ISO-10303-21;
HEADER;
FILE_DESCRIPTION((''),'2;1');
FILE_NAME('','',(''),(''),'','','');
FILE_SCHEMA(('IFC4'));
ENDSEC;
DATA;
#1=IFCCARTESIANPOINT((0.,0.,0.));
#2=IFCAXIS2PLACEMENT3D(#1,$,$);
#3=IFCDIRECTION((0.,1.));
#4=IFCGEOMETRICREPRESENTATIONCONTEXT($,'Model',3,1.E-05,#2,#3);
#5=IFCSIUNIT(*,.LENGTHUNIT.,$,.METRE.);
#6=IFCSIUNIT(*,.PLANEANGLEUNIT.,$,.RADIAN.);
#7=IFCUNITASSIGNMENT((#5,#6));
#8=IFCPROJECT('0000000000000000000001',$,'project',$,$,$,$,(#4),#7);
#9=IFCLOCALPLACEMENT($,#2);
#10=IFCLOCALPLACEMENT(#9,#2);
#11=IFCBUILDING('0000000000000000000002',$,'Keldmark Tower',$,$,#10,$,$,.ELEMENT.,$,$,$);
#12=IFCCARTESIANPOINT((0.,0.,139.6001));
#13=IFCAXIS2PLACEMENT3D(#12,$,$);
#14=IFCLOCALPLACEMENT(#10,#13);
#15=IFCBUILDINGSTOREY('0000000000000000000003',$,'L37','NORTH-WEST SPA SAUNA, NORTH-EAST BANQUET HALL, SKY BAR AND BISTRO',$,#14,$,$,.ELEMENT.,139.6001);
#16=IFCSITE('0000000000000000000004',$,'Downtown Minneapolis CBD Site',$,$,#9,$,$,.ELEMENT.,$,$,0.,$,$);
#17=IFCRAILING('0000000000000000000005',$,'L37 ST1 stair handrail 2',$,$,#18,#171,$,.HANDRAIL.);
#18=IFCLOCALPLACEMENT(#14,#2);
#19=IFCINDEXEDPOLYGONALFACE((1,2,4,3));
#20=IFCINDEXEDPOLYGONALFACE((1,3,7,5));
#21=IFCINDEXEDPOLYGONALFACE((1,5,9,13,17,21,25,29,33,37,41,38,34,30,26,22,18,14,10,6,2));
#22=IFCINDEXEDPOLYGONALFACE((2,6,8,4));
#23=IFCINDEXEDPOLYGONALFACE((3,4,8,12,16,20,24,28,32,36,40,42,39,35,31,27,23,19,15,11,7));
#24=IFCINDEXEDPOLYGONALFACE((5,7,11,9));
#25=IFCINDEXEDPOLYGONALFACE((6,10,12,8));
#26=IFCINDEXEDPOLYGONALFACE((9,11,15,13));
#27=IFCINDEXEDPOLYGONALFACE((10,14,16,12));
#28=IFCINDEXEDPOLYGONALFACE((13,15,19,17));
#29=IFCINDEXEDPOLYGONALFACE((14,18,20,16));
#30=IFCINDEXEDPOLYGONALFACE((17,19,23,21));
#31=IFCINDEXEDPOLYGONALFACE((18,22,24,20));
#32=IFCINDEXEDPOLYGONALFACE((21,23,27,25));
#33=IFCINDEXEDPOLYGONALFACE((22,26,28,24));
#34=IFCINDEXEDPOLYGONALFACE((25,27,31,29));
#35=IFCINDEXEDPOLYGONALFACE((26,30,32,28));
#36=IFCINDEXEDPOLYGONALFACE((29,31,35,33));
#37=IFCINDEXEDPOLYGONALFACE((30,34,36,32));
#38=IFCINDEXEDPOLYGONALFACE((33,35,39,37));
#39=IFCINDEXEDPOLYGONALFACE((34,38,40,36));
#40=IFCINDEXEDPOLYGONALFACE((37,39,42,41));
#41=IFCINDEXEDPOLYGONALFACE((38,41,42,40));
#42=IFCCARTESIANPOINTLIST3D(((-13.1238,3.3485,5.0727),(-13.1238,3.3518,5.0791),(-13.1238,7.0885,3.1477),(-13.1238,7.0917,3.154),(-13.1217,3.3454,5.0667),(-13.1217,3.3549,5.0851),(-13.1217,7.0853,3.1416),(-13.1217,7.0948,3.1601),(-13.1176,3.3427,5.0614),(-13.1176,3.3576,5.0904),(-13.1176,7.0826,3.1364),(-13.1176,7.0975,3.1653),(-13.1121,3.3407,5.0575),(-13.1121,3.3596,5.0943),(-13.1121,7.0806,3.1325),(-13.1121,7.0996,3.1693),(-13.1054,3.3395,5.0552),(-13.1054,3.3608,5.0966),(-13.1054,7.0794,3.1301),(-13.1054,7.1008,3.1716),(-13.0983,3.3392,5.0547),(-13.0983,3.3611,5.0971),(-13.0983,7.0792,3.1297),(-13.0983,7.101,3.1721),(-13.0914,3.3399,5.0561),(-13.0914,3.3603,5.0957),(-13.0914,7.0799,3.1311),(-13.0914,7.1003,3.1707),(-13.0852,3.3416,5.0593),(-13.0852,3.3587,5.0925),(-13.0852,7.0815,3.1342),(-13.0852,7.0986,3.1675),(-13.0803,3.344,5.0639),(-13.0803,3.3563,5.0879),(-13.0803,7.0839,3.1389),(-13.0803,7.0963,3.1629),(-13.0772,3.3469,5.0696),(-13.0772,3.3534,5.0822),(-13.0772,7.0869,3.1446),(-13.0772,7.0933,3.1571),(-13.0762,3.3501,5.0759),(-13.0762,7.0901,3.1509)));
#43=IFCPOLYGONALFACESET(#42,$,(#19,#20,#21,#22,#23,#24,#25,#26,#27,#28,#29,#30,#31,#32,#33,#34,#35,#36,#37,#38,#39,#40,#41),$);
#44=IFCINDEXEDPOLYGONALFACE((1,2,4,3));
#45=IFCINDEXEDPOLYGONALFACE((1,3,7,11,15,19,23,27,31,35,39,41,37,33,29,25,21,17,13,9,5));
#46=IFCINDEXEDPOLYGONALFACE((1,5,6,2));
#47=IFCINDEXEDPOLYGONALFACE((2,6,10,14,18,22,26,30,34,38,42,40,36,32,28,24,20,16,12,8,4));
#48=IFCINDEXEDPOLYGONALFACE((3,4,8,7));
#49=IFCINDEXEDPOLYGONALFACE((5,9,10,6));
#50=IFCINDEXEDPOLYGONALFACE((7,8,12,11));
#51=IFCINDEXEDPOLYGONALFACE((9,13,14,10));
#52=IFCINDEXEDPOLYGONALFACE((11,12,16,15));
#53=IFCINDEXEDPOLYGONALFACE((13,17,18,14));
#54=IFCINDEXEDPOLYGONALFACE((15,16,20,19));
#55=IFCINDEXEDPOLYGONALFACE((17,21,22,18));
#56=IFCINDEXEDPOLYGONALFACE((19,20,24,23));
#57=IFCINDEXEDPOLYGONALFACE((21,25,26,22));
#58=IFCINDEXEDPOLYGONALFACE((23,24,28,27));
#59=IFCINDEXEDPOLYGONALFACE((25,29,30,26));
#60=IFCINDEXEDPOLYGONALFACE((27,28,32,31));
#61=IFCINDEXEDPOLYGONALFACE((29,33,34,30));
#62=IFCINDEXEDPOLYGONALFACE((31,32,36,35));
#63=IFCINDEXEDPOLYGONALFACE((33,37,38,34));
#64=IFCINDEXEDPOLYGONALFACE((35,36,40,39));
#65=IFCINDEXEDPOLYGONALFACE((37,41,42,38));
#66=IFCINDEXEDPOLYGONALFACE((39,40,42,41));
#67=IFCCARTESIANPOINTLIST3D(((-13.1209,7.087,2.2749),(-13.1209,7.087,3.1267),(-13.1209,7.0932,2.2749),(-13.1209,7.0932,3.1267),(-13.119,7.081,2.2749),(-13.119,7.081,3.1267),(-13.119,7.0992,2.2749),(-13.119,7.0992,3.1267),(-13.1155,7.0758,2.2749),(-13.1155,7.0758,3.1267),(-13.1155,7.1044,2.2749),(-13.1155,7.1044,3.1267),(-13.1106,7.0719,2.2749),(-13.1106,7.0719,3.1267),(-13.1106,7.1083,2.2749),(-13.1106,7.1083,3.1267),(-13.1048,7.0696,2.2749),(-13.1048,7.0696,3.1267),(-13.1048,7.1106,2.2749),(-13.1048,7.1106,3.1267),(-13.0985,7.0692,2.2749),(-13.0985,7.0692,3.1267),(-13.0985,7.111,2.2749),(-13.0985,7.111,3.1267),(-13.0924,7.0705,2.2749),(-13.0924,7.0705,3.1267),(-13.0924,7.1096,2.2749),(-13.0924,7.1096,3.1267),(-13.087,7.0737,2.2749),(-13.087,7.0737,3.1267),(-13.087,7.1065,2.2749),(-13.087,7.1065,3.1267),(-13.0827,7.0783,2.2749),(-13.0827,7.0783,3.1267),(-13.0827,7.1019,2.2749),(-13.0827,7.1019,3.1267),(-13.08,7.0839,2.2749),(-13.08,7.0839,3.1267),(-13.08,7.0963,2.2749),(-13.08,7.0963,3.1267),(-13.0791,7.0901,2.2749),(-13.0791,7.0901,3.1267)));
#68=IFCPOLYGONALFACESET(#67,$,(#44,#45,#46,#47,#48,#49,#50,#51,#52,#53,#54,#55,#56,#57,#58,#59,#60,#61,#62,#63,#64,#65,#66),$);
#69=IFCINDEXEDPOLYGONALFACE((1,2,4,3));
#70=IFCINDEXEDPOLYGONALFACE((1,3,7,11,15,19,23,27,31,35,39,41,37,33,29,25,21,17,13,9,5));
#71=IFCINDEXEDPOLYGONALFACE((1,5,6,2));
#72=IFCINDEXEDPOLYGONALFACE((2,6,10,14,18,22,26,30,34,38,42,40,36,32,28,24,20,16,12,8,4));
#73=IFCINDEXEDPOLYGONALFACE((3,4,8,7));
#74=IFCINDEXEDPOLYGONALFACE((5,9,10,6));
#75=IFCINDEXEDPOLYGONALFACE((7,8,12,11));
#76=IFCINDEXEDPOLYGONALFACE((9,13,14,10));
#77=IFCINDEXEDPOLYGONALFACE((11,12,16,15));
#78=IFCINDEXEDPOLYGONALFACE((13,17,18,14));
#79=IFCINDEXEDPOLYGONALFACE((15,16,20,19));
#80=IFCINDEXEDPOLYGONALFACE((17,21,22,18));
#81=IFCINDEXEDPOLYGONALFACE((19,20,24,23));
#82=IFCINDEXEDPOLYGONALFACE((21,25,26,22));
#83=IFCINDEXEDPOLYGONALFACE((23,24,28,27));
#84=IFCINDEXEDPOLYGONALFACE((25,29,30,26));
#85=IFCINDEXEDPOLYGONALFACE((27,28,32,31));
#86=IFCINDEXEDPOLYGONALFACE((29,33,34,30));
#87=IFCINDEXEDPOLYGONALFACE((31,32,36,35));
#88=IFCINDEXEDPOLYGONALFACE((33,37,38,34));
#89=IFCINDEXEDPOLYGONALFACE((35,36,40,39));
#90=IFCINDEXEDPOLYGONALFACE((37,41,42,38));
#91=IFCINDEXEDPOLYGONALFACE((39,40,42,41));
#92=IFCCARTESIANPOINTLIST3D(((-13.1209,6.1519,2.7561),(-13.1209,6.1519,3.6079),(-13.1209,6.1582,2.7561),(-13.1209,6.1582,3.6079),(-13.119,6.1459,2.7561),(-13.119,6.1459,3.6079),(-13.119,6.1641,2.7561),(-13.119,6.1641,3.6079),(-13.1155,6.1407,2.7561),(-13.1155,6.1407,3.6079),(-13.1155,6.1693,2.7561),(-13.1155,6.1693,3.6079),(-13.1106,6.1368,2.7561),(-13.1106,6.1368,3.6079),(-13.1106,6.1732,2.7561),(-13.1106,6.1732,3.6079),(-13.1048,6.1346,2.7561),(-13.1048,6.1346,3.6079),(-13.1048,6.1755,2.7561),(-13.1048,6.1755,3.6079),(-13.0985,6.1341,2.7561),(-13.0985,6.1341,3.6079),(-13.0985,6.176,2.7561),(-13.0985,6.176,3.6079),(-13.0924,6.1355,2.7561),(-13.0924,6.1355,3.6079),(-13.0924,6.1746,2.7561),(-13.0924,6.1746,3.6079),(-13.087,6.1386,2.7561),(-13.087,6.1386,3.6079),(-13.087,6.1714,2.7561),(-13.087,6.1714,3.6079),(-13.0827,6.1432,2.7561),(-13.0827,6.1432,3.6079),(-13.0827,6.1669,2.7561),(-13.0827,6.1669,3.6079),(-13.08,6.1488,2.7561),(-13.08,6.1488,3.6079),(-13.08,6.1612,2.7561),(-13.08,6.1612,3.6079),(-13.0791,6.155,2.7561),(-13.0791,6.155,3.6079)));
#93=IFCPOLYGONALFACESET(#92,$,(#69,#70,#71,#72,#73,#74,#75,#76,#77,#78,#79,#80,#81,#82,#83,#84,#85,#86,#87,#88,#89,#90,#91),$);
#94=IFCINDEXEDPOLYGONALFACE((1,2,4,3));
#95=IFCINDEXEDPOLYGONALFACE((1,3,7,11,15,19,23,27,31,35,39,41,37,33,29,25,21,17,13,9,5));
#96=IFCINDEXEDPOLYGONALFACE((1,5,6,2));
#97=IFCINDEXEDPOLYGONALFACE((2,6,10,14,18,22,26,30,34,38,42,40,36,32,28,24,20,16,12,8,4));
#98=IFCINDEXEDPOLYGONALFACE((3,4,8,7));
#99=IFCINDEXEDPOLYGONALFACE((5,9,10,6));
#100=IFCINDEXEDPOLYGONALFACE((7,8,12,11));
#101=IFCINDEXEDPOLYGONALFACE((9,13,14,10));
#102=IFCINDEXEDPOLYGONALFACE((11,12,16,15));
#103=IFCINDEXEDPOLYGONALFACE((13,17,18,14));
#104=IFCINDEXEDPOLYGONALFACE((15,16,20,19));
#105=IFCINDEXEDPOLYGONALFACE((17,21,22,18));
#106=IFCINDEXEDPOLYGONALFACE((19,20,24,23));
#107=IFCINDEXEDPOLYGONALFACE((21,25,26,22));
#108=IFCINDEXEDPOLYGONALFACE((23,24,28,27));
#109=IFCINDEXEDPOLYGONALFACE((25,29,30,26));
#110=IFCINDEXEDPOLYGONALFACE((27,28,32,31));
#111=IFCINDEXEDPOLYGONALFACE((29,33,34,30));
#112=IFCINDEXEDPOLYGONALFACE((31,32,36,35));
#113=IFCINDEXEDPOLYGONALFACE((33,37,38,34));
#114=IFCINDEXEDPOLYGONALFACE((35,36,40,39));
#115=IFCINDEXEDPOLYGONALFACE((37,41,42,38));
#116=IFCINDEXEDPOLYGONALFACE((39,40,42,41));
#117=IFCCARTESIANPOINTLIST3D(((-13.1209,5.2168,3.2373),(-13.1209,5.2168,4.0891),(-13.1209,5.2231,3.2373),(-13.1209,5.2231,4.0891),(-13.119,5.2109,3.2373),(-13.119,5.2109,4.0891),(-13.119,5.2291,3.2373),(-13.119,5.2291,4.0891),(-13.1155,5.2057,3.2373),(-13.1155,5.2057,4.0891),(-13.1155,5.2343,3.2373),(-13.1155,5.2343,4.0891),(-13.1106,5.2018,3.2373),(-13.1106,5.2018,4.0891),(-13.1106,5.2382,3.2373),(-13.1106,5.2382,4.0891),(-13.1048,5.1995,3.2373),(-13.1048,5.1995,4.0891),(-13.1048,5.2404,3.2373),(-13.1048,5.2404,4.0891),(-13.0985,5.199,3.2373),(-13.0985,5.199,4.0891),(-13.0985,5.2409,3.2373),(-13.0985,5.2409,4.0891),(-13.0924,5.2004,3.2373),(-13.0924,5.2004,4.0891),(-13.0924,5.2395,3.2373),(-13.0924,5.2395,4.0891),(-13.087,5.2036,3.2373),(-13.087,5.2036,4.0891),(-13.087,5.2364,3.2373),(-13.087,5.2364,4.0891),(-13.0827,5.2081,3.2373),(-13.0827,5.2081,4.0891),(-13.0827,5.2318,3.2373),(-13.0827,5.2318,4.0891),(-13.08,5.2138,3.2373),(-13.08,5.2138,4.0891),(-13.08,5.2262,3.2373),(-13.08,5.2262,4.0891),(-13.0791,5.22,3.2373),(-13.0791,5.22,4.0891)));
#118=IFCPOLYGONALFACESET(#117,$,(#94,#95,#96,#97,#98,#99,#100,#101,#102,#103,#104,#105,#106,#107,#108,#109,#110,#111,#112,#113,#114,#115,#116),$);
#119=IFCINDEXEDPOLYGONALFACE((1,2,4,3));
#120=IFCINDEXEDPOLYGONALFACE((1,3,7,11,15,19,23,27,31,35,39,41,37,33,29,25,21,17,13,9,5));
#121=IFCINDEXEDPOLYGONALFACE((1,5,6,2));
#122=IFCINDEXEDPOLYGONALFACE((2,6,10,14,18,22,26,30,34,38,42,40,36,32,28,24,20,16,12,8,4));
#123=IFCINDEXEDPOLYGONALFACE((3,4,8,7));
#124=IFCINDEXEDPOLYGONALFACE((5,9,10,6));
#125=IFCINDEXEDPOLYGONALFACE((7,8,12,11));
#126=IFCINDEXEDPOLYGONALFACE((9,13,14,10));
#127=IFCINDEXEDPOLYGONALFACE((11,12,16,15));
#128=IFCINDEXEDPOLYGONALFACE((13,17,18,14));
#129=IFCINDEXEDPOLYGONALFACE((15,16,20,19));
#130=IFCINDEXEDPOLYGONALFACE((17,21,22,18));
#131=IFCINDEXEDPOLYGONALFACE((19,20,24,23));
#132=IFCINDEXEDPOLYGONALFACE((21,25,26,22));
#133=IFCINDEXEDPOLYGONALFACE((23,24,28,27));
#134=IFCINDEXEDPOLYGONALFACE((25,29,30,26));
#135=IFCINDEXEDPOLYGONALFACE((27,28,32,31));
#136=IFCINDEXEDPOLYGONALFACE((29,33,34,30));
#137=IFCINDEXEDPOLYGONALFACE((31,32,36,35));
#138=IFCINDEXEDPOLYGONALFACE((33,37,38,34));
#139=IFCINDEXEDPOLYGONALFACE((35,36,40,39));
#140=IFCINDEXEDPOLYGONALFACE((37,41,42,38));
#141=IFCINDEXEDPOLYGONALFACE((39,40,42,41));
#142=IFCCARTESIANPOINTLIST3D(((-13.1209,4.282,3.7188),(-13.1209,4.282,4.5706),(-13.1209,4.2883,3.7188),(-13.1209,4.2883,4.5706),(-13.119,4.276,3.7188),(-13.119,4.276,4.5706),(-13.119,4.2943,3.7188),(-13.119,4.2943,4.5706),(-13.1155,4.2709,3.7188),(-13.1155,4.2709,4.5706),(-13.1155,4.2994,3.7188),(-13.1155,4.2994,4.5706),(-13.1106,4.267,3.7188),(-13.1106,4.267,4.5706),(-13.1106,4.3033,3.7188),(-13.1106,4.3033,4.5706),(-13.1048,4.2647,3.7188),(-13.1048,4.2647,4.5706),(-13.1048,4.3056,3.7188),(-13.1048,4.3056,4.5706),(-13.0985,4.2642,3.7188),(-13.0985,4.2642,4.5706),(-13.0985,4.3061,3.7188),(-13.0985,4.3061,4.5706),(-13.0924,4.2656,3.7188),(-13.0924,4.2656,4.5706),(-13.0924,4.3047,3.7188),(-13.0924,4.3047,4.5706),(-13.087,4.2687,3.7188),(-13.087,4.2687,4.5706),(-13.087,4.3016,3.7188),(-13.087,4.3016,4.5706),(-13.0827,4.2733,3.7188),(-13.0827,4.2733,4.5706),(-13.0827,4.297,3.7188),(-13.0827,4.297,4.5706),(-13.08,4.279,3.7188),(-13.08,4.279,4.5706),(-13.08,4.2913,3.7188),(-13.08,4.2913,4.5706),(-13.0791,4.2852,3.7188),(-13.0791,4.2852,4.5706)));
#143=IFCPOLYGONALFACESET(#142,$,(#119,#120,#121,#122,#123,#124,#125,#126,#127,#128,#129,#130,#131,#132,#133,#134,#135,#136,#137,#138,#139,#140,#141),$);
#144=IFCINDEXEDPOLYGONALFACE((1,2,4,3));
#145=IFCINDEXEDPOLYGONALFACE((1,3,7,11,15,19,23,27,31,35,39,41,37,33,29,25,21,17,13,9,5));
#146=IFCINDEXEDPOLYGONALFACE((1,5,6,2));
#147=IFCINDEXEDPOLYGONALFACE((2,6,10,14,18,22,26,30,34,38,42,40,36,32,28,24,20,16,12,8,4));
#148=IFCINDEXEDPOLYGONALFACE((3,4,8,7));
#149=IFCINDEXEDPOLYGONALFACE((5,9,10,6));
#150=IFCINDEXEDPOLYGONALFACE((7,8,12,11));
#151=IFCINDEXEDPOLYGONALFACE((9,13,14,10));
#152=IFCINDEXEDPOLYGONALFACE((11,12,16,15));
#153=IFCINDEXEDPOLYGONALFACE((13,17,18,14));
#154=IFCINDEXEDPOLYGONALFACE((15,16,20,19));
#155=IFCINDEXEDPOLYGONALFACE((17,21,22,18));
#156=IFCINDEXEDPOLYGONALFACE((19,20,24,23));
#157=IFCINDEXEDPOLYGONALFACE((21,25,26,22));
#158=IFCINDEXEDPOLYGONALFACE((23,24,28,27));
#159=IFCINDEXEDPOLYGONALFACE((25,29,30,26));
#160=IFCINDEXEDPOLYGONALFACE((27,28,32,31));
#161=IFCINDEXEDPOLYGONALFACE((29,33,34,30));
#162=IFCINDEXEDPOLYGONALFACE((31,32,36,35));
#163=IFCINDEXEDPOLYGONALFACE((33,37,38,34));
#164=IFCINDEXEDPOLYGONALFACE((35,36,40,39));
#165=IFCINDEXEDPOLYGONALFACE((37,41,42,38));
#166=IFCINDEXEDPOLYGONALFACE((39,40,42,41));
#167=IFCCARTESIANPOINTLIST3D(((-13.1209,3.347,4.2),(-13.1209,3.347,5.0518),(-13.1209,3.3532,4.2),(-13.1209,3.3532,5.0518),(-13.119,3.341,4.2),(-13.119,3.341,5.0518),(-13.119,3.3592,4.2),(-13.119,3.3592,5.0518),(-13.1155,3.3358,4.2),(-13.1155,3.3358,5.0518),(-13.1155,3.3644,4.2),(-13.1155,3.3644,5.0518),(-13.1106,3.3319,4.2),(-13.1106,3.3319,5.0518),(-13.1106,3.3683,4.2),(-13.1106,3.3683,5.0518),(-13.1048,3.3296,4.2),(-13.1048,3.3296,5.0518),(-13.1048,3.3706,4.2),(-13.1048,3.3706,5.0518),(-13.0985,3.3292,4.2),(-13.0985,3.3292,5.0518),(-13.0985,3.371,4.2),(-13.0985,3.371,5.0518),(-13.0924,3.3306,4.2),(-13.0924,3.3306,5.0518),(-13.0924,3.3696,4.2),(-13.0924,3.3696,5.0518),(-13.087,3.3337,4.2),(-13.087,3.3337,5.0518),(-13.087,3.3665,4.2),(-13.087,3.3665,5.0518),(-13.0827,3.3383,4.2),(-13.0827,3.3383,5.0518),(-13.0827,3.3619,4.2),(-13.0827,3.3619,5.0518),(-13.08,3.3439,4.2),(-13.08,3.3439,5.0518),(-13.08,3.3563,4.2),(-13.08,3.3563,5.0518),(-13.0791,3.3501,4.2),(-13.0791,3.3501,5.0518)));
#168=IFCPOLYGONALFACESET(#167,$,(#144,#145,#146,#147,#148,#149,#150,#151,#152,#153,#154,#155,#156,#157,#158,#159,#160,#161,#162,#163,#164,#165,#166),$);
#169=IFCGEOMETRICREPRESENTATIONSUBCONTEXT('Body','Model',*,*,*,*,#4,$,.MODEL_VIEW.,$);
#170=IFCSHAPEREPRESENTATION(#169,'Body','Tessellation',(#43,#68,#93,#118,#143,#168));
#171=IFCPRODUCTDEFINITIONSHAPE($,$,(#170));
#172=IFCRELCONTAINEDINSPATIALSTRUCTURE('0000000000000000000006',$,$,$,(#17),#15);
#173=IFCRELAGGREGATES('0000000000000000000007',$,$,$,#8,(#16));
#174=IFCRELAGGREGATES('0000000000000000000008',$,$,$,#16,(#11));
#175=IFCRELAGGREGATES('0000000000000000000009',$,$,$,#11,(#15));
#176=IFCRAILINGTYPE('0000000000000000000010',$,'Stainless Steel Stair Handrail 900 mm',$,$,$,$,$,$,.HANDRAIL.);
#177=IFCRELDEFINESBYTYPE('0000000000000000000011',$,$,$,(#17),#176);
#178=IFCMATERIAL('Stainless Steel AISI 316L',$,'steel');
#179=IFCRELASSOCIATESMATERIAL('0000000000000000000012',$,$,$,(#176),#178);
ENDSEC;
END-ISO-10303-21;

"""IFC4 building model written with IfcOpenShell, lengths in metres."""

from ifc_helpers import new_model, si_unit, direction, frame, origin, origin_2d, place, context, subcontext, project, spatial, circle, extrude, material, type_object, element, save


model = new_model("IFC4")

# Units and contexts
model_context = context("Model", 3, precision=1e-05, world=origin(), true_north=direction((0.0, 1.0)))
body_context = subcontext(model_context, "Body", "Model", "MODEL_VIEW")
ifc_project = project(units=[si_unit("LENGTHUNIT", "METRE"), si_unit("PLANEANGLEUNIT", "RADIAN")], contexts=[model_context])

# Site, building, storey
site_placement = place(None, origin())
site = spatial("IfcSite", under=ifc_project, at=site_placement, Name="Downtown Minneapolis CBD Site", CompositionType="ELEMENT", RefElevation=0.0)
building_placement = place(site_placement, origin())
building = spatial("IfcBuilding", under=site, at=building_placement, Name="Keldmark Tower", CompositionType="ELEMENT")
storey_placement = place(building_placement, frame((0.0, 0.0, 139.6001)))
storey = spatial("IfcBuildingStorey", under=building, at=storey_placement, Name="L37", Description="NORTH-WEST SPA SAUNA, NORTH-EAST BANQUET HALL, SKY BAR AND BISTRO", CompositionType="ELEMENT", Elevation=139.6001)

# Railing
ifc_material_1 = material(Name="Stainless Steel AISI 316L", Category="steel")
railing_type_1 = type_object("IfcRailingType", Name="Stainless Steel Stair Handrail 900 mm", PredefinedType="HANDRAIL", material=ifc_material_1)
railing_1_placement = place(storey_placement, frame((-13.1001, 7.0901, 2.2749)))
element("IfcRailing", 1, at=railing_1_placement, inside=storey, type_object=railing_type_1, Name="L37 ST1 stair handrail 2", PredefinedType="HANDRAIL", context=body_context, shape_type="SweptSolid", body=[
    extrude(circle(Radius=0.0239, at=origin_2d()), frame((0.0, 0.0, 0.876), z_axis=(0.0, -0.889131, 0.457654), x_axis=(1.0, 0.0, 0.0)), (0.0, 0.0, 1.0), 4.2063),
    extrude(circle(Radius=0.021, at=origin_2d()), origin(), (0.0, 0.0, 1.0), 0.8518),
    extrude(circle(Radius=0.021, at=origin_2d()), frame((0.0, -0.9351, 0.4812)), (0.0, 0.0, 1.0), 0.8518),
    extrude(circle(Radius=0.021, at=origin_2d()), frame((0.0, -1.8701, 0.9624)), (0.0, 0.0, 1.0), 0.8518),
    extrude(circle(Radius=0.021, at=origin_2d()), frame((0.0, -2.8049, 1.4438)), (0.0, 0.0, 1.0), 0.8518),
    extrude(circle(Radius=0.021, at=origin_2d()), frame((0.0, -3.74, 1.925)), (0.0, 0.0, 1.0), 0.8518),
])

save(model, "model.ifc")
